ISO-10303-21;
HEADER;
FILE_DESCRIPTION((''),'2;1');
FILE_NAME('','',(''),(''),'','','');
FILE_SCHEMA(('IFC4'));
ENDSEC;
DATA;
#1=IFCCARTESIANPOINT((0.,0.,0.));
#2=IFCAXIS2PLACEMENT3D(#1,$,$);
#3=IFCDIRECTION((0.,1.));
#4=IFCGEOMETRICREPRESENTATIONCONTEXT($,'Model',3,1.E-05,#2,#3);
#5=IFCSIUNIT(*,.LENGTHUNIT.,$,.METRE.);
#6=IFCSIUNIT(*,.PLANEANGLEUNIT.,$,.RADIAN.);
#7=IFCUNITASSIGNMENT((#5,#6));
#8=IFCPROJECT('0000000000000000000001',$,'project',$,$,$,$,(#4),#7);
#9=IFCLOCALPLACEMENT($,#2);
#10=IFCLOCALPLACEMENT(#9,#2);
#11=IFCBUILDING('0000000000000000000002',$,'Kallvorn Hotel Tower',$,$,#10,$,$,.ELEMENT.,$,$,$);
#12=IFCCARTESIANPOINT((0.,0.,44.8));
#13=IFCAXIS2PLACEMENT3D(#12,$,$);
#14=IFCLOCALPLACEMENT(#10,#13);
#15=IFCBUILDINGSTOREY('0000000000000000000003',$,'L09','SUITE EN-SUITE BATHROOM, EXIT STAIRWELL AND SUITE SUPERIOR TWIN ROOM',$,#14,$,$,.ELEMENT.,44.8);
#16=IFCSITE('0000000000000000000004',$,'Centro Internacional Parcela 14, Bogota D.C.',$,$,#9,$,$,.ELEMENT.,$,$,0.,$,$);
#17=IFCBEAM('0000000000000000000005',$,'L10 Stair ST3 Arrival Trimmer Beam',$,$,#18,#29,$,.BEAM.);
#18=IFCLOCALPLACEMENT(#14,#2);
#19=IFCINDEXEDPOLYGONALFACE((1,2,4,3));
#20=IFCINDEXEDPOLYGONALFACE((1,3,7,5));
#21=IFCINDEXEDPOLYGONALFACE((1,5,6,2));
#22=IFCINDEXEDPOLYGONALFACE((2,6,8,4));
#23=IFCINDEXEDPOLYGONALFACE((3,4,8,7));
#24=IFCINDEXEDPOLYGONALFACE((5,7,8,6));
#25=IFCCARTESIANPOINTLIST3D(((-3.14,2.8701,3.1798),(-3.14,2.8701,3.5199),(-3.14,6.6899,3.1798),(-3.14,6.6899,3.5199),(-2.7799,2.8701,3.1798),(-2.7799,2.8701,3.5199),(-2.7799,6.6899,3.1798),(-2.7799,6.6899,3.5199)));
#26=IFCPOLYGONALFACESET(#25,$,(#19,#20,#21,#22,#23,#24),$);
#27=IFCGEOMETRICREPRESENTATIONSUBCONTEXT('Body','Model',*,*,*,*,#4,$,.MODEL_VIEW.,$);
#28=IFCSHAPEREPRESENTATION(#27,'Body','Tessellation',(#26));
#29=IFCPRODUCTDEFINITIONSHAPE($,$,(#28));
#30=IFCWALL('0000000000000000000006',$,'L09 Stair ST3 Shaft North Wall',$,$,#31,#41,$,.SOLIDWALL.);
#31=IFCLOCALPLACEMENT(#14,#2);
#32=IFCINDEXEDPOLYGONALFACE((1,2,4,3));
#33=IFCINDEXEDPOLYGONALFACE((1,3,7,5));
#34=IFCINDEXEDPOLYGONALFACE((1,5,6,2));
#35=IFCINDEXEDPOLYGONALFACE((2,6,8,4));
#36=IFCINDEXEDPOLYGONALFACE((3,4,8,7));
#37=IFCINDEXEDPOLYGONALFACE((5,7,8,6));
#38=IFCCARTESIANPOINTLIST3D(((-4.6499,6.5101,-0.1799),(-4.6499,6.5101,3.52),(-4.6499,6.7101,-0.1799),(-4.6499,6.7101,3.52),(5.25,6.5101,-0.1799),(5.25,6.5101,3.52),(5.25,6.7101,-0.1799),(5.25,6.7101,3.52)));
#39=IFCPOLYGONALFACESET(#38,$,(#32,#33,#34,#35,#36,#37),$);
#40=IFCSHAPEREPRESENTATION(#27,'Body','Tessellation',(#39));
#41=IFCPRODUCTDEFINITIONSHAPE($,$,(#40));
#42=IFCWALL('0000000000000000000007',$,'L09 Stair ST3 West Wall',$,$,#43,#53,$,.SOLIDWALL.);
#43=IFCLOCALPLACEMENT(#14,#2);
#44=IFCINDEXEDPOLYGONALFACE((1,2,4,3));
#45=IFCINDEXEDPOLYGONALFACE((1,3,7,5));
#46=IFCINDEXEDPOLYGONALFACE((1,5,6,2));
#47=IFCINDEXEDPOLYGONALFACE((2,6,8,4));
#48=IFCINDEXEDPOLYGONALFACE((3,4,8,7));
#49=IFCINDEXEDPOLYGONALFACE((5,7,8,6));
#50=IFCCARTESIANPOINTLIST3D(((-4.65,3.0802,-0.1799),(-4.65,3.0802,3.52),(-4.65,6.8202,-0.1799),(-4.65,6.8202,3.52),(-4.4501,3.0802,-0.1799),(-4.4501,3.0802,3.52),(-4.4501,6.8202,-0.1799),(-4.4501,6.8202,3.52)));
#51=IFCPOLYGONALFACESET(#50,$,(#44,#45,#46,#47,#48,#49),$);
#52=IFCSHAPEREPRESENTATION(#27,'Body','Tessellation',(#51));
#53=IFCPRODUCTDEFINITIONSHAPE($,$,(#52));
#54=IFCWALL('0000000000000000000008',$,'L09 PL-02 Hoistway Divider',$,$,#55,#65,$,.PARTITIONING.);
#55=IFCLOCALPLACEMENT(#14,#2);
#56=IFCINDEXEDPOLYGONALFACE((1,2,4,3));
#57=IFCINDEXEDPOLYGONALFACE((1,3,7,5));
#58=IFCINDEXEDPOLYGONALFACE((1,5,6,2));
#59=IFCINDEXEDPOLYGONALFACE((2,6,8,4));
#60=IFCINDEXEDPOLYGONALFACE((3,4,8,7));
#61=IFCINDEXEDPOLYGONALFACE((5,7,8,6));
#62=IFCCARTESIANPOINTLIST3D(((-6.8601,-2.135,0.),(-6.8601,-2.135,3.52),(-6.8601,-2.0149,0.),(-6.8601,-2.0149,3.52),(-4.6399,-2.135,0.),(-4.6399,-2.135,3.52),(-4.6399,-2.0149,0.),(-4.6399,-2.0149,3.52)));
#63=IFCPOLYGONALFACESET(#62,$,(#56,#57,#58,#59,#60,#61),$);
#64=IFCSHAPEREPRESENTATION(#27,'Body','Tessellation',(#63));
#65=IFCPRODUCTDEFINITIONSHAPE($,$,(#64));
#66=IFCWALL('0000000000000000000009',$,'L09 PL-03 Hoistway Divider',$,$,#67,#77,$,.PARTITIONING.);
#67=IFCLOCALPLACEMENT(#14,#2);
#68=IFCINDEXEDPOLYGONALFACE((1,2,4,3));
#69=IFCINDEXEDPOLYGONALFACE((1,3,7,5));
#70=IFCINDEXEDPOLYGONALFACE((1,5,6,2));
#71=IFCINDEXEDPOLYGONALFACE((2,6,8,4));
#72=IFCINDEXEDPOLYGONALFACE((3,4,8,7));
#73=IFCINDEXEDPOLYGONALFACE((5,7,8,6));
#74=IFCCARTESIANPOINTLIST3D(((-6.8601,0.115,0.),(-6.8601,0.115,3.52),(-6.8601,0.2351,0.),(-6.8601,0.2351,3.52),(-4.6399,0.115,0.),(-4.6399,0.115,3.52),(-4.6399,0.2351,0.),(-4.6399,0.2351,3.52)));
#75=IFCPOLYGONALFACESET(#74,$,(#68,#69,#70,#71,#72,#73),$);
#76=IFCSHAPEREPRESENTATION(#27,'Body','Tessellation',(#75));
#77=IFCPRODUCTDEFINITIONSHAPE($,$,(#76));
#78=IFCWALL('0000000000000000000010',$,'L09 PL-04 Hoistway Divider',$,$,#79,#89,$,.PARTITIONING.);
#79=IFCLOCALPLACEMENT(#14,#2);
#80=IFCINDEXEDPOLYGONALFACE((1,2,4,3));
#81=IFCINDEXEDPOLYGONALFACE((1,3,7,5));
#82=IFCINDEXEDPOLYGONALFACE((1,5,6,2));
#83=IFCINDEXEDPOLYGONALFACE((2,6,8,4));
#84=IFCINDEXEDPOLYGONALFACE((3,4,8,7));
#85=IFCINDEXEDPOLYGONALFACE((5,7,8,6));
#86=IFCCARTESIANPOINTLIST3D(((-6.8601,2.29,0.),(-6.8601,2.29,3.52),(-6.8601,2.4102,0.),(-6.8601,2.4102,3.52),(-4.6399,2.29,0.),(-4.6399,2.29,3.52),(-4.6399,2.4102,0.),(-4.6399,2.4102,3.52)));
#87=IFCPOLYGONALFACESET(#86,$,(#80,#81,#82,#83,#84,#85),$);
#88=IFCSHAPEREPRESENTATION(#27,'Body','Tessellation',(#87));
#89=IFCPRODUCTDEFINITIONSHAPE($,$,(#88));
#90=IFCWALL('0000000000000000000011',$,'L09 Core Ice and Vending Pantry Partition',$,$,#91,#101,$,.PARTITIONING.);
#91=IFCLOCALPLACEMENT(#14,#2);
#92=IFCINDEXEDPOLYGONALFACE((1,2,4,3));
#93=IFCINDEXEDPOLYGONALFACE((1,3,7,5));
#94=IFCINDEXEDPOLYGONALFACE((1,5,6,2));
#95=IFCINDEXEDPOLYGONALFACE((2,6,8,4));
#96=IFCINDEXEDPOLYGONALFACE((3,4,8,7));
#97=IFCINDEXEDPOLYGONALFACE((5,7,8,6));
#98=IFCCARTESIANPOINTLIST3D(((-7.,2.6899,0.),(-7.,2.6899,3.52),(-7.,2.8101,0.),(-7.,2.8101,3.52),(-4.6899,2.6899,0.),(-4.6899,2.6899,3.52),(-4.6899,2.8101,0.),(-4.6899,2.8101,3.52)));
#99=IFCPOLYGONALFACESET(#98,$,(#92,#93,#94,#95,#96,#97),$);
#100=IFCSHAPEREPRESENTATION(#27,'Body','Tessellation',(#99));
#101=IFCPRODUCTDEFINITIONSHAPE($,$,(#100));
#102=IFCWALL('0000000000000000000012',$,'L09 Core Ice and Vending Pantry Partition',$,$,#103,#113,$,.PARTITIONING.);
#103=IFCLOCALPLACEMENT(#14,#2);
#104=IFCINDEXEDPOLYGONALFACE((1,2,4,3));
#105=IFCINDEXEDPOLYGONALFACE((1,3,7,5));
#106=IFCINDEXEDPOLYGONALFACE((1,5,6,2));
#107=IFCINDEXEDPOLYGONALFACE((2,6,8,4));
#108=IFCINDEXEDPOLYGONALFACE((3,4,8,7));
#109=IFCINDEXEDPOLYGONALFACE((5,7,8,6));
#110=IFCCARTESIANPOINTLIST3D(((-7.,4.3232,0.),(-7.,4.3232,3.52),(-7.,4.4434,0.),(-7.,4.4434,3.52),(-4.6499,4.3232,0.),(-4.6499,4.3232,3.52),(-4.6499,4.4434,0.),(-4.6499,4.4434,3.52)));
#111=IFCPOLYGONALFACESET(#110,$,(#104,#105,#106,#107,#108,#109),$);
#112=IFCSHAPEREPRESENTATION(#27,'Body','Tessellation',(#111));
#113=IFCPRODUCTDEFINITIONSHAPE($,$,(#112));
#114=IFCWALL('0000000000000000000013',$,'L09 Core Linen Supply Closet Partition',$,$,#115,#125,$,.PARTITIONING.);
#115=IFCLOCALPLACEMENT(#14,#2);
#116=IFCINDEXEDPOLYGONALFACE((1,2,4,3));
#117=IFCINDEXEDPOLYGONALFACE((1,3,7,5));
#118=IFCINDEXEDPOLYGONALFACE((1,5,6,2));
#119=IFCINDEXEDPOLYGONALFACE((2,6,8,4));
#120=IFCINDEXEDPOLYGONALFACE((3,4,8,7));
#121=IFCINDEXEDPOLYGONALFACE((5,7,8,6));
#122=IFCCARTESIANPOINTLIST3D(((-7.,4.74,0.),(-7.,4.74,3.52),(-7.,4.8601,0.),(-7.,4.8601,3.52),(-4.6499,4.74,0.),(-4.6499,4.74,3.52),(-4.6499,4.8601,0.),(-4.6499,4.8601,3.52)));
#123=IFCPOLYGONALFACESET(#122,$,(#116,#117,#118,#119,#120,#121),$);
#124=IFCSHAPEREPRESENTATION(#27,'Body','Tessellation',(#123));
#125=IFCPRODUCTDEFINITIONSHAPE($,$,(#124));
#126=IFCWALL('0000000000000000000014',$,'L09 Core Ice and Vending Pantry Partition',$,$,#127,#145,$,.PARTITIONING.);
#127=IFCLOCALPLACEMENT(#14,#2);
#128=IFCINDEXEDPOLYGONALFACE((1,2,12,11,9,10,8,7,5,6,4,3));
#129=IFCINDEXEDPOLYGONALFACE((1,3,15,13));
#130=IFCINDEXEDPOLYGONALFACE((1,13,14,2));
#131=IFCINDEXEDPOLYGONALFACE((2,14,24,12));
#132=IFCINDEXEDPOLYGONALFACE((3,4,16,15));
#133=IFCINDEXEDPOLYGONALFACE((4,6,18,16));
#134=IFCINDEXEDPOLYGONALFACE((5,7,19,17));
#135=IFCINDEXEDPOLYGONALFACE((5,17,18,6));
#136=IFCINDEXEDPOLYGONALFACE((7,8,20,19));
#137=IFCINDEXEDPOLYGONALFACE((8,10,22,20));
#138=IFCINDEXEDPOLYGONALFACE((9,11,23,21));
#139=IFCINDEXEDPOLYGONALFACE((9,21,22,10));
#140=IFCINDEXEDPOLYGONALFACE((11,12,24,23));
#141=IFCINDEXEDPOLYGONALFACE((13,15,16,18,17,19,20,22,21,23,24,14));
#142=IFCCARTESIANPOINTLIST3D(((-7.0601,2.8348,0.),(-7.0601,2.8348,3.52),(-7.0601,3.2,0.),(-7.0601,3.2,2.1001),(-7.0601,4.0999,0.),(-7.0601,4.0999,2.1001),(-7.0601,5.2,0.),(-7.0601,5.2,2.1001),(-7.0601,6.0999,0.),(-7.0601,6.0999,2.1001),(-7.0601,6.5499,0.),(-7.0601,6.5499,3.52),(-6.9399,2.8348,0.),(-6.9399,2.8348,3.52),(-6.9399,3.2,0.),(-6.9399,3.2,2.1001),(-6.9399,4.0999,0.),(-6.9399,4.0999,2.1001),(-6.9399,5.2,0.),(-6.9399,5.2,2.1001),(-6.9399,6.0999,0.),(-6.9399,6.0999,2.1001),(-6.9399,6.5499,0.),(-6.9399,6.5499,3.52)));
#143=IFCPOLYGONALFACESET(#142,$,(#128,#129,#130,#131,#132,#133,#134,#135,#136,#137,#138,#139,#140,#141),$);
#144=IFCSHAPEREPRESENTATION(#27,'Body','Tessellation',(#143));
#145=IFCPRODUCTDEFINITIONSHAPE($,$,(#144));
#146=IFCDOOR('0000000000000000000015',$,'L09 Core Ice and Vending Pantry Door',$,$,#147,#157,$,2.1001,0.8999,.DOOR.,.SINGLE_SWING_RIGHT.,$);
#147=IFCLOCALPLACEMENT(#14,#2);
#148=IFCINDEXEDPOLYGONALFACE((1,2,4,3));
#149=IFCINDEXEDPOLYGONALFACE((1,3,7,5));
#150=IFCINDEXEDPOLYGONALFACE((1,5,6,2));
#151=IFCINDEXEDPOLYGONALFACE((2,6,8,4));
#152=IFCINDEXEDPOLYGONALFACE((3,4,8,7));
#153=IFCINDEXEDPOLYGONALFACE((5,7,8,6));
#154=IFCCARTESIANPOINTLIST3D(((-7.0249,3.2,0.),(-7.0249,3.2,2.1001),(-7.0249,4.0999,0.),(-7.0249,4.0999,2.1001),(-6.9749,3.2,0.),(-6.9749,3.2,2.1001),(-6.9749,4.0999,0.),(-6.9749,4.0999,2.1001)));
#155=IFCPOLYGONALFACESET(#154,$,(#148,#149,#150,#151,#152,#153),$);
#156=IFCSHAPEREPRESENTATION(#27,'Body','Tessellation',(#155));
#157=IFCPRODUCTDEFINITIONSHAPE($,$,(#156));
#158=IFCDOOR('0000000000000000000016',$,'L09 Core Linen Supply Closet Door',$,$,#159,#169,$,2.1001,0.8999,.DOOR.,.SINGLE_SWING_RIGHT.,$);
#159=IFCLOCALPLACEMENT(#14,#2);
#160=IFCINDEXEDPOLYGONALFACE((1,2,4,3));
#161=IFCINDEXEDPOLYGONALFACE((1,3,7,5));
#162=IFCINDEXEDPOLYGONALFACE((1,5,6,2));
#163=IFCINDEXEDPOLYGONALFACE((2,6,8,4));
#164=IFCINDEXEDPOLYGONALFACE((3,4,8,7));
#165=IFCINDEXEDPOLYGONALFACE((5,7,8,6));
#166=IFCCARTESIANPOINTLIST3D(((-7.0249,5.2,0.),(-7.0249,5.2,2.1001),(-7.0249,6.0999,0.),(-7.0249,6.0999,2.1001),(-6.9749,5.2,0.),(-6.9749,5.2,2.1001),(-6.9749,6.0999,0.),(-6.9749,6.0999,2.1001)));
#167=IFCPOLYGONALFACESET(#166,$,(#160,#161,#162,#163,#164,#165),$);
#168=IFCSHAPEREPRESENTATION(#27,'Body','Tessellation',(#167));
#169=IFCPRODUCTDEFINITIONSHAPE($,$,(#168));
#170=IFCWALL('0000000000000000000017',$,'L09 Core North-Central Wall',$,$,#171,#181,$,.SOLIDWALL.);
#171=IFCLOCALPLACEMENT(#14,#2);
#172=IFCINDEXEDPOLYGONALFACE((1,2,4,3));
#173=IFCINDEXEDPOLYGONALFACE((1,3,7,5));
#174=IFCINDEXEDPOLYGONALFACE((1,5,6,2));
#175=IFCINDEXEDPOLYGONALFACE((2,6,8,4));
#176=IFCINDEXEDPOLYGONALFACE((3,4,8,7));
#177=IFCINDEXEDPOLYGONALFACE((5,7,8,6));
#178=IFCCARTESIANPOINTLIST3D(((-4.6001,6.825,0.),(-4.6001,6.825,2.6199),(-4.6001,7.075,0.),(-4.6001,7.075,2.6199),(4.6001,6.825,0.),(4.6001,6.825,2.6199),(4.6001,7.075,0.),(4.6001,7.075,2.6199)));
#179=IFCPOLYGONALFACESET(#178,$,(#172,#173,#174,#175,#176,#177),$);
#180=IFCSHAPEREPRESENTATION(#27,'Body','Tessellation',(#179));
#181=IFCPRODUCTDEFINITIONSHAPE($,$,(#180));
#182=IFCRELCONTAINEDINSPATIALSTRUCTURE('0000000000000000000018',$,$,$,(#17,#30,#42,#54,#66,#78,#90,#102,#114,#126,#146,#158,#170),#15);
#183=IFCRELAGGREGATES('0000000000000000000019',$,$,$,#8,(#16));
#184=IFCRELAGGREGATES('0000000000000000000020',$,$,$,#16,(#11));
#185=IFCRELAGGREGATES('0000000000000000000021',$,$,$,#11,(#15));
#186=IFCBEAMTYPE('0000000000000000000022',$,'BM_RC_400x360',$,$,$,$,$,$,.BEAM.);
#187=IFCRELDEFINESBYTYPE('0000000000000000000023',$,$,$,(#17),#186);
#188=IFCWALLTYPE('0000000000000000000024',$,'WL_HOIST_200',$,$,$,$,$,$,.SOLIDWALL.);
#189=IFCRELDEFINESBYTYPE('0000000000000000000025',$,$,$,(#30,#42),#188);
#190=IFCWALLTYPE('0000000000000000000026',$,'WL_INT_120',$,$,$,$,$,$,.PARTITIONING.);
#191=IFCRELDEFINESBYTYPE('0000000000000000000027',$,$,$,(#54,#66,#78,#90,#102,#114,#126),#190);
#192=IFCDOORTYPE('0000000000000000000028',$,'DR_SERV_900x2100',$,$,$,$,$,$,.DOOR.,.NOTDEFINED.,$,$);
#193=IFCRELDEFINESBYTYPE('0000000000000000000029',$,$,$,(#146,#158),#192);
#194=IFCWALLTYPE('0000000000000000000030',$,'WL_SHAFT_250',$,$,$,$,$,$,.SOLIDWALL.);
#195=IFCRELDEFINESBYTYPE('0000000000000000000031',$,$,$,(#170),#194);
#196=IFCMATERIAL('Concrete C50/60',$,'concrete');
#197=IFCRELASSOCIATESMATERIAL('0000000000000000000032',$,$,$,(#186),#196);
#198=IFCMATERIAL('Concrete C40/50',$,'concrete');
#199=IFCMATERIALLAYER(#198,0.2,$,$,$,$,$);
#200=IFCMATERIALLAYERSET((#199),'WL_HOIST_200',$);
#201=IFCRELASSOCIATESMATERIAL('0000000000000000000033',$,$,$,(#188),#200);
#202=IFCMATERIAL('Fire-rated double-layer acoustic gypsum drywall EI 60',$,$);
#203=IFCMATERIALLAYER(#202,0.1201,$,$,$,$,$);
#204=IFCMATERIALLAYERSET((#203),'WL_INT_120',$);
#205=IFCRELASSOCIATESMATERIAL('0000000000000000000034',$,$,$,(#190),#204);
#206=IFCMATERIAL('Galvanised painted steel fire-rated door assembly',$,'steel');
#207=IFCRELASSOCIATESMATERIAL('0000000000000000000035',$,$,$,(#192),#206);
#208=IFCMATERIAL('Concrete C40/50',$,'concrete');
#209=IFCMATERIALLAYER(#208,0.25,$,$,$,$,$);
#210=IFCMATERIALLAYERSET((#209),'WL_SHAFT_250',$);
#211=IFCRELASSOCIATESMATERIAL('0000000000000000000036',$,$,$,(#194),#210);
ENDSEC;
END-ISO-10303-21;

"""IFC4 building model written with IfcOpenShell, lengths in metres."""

from ifc_helpers import new_model, si_unit, direction, frame, frame_2d, origin, origin_2d, place, context, subcontext, project, spatial, rectangle, extrude, material, layer, layer_set, material_profile, profile_set, type_object, element, fill, save


model = new_model("IFC4")

# Units and contexts
model_context = context("Model", 3, precision=1e-05, world=origin(), true_north=direction((0.0, 1.0)))
body_context = subcontext(model_context, "Body", "Model", "MODEL_VIEW")
ifc_project = project(units=[si_unit("LENGTHUNIT", "METRE"), si_unit("PLANEANGLEUNIT", "RADIAN")], contexts=[model_context])

# Site, building, storey
site_placement = place(None, origin())
site = spatial("IfcSite", under=ifc_project, at=site_placement, Name="Centro Internacional Parcela 14, Bogota D.C.", CompositionType="ELEMENT", RefElevation=0.0)
building_placement = place(site_placement, origin())
building = spatial("IfcBuilding", under=site, at=building_placement, Name="Kallvorn Hotel Tower", CompositionType="ELEMENT")
storey_placement = place(building_placement, frame((0.0, 0.0, 44.8)))
storey = spatial("IfcBuildingStorey", under=building, at=storey_placement, Name="L09", Description="SUITE EN-SUITE BATHROOM, EXIT STAIRWELL AND SUITE SUPERIOR TWIN ROOM", CompositionType="ELEMENT", Elevation=44.8)

# Beam
ifc_material_1 = material(Name="Concrete C50/60", Category="concrete")
ifc_material_profile = material_profile(ifc_material_1, rectangle(XDim=0.3601, YDim=0.3401, at=origin_2d()), Name="RC 360x340")
ifc_profile_set = profile_set([ifc_material_profile], Name="Concrete C50/60")
beam_type = type_object("IfcBeamType", Name="BM_RC_400x360", PredefinedType="BEAM", material=ifc_profile_set)
beam_placement = place(storey_placement, frame((-2.96, 2.8701, 3.3499), z_axis=(0.0, 1.0, 0.0), x_axis=(-1.0, 0.0, 0.0)))
element("IfcBeam", 1, at=beam_placement, inside=storey, type_object=beam_type, Name="L10 Stair ST3 Arrival Trimmer Beam", PredefinedType="BEAM", context=body_context, shape_type="SweptSolid", body=[
    extrude(rectangle(XDim=0.3601, YDim=0.3401, at=origin_2d()), origin(), (0.0, 0.0, 1.0), 3.8198),
])

# Walls
ifc_material_2 = material(Name="Concrete C40/50", Category="concrete")
ifc_layer_1 = layer(ifc_material_2, 0.2)
ifc_layer_set_1 = layer_set([ifc_layer_1], Name="WL_HOIST_200")
wall_type_1 = type_object("IfcWallType", Name="WL_HOIST_200", PredefinedType="SOLIDWALL", material=ifc_layer_set_1)
wall_1_placement = place(storey_placement, frame((-4.6499, 6.6101, -0.1799), z_axis=(0.0, 0.0, 1.0), x_axis=(1.0, 0.0, 0.0)))
element("IfcWall", 2, at=wall_1_placement, inside=storey, type_object=wall_type_1, Name="L09 Stair ST3 Shaft North Wall", PredefinedType="SOLIDWALL", context=body_context, shape_type="SweptSolid", body=[
    extrude(rectangle(XDim=9.8999, YDim=0.2, at=frame_2d((4.95, 0.0))), origin(), (0.0, 0.0, 1.0), 3.7),
])
wall_2_placement = place(storey_placement, frame((-4.55, 3.0801, -0.1799), z_axis=(0.0, 0.0, 1.0), x_axis=(0.0, 1.0, 0.0)))
element("IfcWall", 3, at=wall_2_placement, inside=storey, type_object=wall_type_1, Name="L09 Stair ST3 West Wall", PredefinedType="SOLIDWALL", context=body_context, shape_type="SweptSolid", body=[
    extrude(rectangle(XDim=3.74, YDim=0.2, at=frame_2d((1.8701, 0.0))), origin(), (0.0, 0.0, 1.0), 3.7),
])
ifc_material_3 = material(Name="Fire-rated double-layer acoustic gypsum drywall EI 60")
ifc_layer_2 = layer(ifc_material_3, 0.1201)
ifc_layer_set_2 = layer_set([ifc_layer_2], Name="WL_INT_120")
wall_type_2 = type_object("IfcWallType", Name="WL_INT_120", PredefinedType="PARTITIONING", material=ifc_layer_set_2)
for number, where, z_axis, x_axis, name in (
    (4, (-6.8601, -2.075, 0.0), (0.0, 0.0, 1.0), (1.0, 0.0, 0.0), "L09 PL-02 Hoistway Divider"),
    (5, (-6.8601, 0.175, 0.0), (0.0, 0.0, 1.0), (1.0, 0.0, 0.0), "L09 PL-03 Hoistway Divider"),
    (6, (-6.8601, 2.3501, 0.0), (0.0, 0.0, 1.0), (1.0, 0.0, 0.0), "L09 PL-04 Hoistway Divider"),
):
    element("IfcWall", number, at=place(storey_placement, frame(where, z_axis=z_axis, x_axis=x_axis)), inside=storey, type_object=wall_type_2, Name=name, PredefinedType="PARTITIONING", context=body_context, shape_type="SweptSolid", body=[
        extrude(rectangle(XDim=2.2202, YDim=0.1201, at=frame_2d((1.1101, 0.0))), origin(), (0.0, 0.0, 1.0), 3.52),
    ])
wall_3_placement = place(storey_placement, frame((-7.0, 2.75, 0.0), z_axis=(0.0, 0.0, 1.0), x_axis=(1.0, 0.0, 0.0)))
element("IfcWall", 7, at=wall_3_placement, inside=storey, type_object=wall_type_2, Name="L09 Core Ice and Vending Pantry Partition", PredefinedType="PARTITIONING", context=body_context, shape_type="SweptSolid", body=[
    extrude(rectangle(XDim=2.3101, YDim=0.1201, at=frame_2d((1.155, 0.0))), origin(), (0.0, 0.0, 1.0), 3.52),
])
for number, where, z_axis, x_axis, name in (
    (8, (-7.0, 4.3833, 0.0), (0.0, 0.0, 1.0), (1.0, 0.0, 0.0), "L09 Core Ice and Vending Pantry Partition"),
    (9, (-7.0, 4.8, 0.0), (0.0, 0.0, 1.0), (1.0, 0.0, 0.0), "L09 Core Linen Supply Closet Partition"),
):
    element("IfcWall", number, at=place(storey_placement, frame(where, z_axis=z_axis, x_axis=x_axis)), inside=storey, type_object=wall_type_2, Name=name, PredefinedType="PARTITIONING", context=body_context, shape_type="SweptSolid", body=[
        extrude(rectangle(XDim=2.3501, YDim=0.1201, at=frame_2d((1.175, 0.0))), origin(), (0.0, 0.0, 1.0), 3.52),
    ])

# Wall, openings, doors
wall_4_placement = place(storey_placement, frame((-7.0, 2.835, 0.0), z_axis=(0.0, 0.0, 1.0), x_axis=(0.0, 1.0, 0.0)))
wall_4 = element("IfcWall", 10, at=wall_4_placement, inside=storey, type_object=wall_type_2, Name="L09 Core Ice and Vending Pantry Partition", PredefinedType="PARTITIONING", context=body_context, shape_type="SweptSolid", body=[
    extrude(rectangle(XDim=3.7151, YDim=0.1201, at=frame_2d((1.8574, 0.0))), origin(), (0.0, 0.0, 1.0), 3.52),
])
opening_1_placement = place(wall_4_placement, frame((0.365, 0.0, 0.0)))
opening_1 = element("IfcOpeningElement", 11, at=opening_1_placement, cuts=wall_4, PredefinedType="OPENING", context=body_context, shape_type="SweptSolid", body=[
    extrude(rectangle(XDim=0.8999, YDim=2.1001, at=frame_2d((0.45, 1.05))), frame((0.0, 0.075, 0.0), z_axis=(0.0, -1.0, 0.0), x_axis=(1.0, 0.0, 0.0)), (0.0, 0.0, 1.0), 0.1501),
])
opening_2_placement = place(wall_4_placement, frame((2.365, 0.0, 0.0)))
opening_2 = element("IfcOpeningElement", 12, at=opening_2_placement, cuts=wall_4, PredefinedType="OPENING", context=body_context, shape_type="SweptSolid", body=[
    extrude(rectangle(XDim=0.8999, YDim=2.1001, at=frame_2d((0.45, 1.05))), frame((0.0, 0.075, 0.0), z_axis=(0.0, -1.0, 0.0), x_axis=(1.0, 0.0, 0.0)), (0.0, 0.0, 1.0), 0.1501),
])
ifc_material_4 = material(Name="Galvanised painted steel fire-rated door assembly", Category="steel")
door_type_1 = type_object("IfcDoorType", Name="DR_SERV_900x2100", OperationType="NOTDEFINED", PredefinedType="DOOR", material=ifc_material_4)
door_1_placement = place(opening_1_placement, origin())
door_1 = element("IfcDoor", 13, at=door_1_placement, inside=storey, type_object=door_type_1, Name="L09 Core Ice and Vending Pantry Door", OperationType="SINGLE_SWING_RIGHT", OverallHeight=2.1001, OverallWidth=0.8999, PredefinedType="DOOR", context=body_context, shape_type="SweptSolid", body=[
    extrude(rectangle(XDim=0.8999, YDim=2.1001, at=frame_2d((0.45, 1.05))), frame((0.0, 0.0249, 0.0), z_axis=(0.0, -1.0, 0.0), x_axis=(1.0, 0.0, 0.0)), (0.0, 0.0, 1.0), 0.05),
])
fill(opening_1, door_1)
door_2_placement = place(opening_2_placement, origin())
door_2 = element("IfcDoor", 14, at=door_2_placement, inside=storey, type_object=door_type_1, Name="L09 Core Linen Supply Closet Door", OperationType="SINGLE_SWING_RIGHT", OverallHeight=2.1001, OverallWidth=0.8999, PredefinedType="DOOR", context=body_context, shape_type="SweptSolid", body=[
    extrude(rectangle(XDim=0.8999, YDim=2.1001, at=frame_2d((0.45, 1.05))), frame((0.0, 0.0249, 0.0), z_axis=(0.0, -1.0, 0.0), x_axis=(1.0, 0.0, 0.0)), (0.0, 0.0, 1.0), 0.05),
])
fill(opening_2, door_2)

# Wall
ifc_material_5 = material(Name="Concrete C40/50", Category="concrete")
ifc_layer_3 = layer(ifc_material_5, 0.25)
ifc_layer_set_3 = layer_set([ifc_layer_3], Name="WL_SHAFT_250")
wall_type_3 = type_object("IfcWallType", Name="WL_SHAFT_250", PredefinedType="SOLIDWALL", material=ifc_layer_set_3)
wall_5_placement = place(storey_placement, frame((-4.6001, 6.95, 0.0), z_axis=(0.0, 0.0, 1.0), x_axis=(1.0, 0.0, 0.0)))
element("IfcWall", 15, at=wall_5_placement, inside=storey, type_object=wall_type_3, Name="L09 Core North-Central Wall", PredefinedType="SOLIDWALL", context=body_context, shape_type="SweptSolid", body=[
    extrude(rectangle(XDim=9.2002, YDim=0.25, at=frame_2d((4.6001, 0.0))), origin(), (0.0, 0.0, 1.0), 2.6199),
])

save(model, "model.ifc")
